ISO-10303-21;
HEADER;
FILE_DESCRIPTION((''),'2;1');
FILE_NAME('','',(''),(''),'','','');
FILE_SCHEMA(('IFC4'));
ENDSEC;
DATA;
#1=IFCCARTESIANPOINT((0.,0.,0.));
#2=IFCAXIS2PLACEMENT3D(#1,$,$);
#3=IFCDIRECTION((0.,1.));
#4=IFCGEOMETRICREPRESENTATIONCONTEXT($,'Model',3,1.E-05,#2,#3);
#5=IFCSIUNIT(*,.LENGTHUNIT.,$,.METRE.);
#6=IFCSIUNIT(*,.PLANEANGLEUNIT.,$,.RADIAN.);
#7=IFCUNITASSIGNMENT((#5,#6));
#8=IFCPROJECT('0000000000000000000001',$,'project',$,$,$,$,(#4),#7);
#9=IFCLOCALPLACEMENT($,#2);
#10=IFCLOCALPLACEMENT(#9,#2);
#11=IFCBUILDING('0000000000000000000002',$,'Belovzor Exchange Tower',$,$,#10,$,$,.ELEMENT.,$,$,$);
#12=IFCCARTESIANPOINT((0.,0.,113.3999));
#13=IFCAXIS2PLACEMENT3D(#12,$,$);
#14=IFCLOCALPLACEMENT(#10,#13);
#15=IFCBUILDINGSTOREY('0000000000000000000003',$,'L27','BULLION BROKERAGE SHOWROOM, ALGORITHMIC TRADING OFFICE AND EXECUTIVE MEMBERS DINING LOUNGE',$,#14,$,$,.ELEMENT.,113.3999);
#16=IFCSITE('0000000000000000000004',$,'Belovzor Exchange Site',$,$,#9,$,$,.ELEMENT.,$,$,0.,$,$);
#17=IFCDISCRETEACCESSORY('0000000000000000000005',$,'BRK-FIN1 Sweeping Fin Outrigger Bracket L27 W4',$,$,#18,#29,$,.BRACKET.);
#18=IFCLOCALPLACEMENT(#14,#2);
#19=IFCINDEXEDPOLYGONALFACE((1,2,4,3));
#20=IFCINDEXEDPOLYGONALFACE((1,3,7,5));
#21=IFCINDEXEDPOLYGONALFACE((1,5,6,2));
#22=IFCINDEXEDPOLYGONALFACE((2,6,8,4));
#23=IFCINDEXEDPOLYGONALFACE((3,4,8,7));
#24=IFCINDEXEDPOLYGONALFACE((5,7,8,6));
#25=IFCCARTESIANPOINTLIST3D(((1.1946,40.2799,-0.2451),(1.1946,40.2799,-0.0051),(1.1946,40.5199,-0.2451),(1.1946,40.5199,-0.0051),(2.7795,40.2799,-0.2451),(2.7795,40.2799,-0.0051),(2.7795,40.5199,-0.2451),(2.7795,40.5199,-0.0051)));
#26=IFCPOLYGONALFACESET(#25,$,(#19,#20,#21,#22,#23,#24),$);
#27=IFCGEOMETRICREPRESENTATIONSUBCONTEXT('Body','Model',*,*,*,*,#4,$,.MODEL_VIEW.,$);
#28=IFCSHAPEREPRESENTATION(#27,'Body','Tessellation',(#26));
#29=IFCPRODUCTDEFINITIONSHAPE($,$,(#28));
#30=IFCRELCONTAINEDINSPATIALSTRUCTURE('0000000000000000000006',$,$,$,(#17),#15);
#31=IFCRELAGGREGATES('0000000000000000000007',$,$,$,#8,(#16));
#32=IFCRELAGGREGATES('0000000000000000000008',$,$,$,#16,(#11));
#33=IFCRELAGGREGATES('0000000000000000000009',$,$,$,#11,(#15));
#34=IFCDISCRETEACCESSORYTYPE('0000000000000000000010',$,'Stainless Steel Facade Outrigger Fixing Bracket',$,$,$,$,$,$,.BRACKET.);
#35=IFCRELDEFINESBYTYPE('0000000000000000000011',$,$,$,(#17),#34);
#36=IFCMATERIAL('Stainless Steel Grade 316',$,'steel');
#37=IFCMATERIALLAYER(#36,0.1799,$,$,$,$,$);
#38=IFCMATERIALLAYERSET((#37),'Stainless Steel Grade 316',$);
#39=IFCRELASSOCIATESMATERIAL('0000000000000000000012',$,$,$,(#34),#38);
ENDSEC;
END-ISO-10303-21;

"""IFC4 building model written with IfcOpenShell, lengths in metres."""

from ifc_helpers import new_model, si_unit, direction, frame, origin, origin_2d, place, context, subcontext, project, spatial, rectangle, extrude, material, layer, layer_set, type_object, element, save


model = new_model("IFC4")

# Units and contexts
model_context = context("Model", 3, precision=1e-05, world=origin(), true_north=direction((0.0, 1.0)))
body_context = subcontext(model_context, "Body", "Model", "MODEL_VIEW")
ifc_project = project(units=[si_unit("LENGTHUNIT", "METRE"), si_unit("PLANEANGLEUNIT", "RADIAN")], contexts=[model_context])

# Site, building, storey
site_placement = place(None, origin())
site = spatial("IfcSite", under=ifc_project, at=site_placement, Name="Belovzor Exchange Site", CompositionType="ELEMENT", RefElevation=0.0)
building_placement = place(site_placement, origin())
building = spatial("IfcBuilding", under=site, at=building_placement, Name="Belovzor Exchange Tower", CompositionType="ELEMENT")
storey_placement = place(building_placement, frame((0.0, 0.0, 113.3999)))
storey = spatial("IfcBuildingStorey", under=building, at=storey_placement, Name="L27", Description="BULLION BROKERAGE SHOWROOM, ALGORITHMIC TRADING OFFICE AND EXECUTIVE MEMBERS DINING LOUNGE", CompositionType="ELEMENT", Elevation=113.3999)

# Discrete accessory
ifc_material_1 = material(Name="Stainless Steel Grade 316", Category="steel")
ifc_layer_1 = layer(ifc_material_1, 0.1799)
ifc_layer_set_1 = layer_set([ifc_layer_1], Name="Stainless Steel Grade 316")
discrete_accessory_type = type_object("IfcDiscreteAccessoryType", Name="Stainless Steel Facade Outrigger Fixing Bracket", PredefinedType="BRACKET", material=ifc_layer_set_1)
discrete_accessory_placement = place(storey_placement, frame((1.9871, 40.3999, -0.2451), z_axis=(0.0, 0.0, 1.0), x_axis=(1.0, 0.0, 0.0)))
element("IfcDiscreteAccessory", 1, at=discrete_accessory_placement, inside=storey, type_object=discrete_accessory_type, Name="BRK-FIN1 Sweeping Fin Outrigger Bracket L27 W4", PredefinedType="BRACKET", context=body_context, shape_type="SweptSolid", body=[
    extrude(rectangle(XDim=1.585, YDim=0.24, at=origin_2d()), origin(), (0.0, 0.0, 1.0), 0.24),
])

save(model, "model.ifc")
